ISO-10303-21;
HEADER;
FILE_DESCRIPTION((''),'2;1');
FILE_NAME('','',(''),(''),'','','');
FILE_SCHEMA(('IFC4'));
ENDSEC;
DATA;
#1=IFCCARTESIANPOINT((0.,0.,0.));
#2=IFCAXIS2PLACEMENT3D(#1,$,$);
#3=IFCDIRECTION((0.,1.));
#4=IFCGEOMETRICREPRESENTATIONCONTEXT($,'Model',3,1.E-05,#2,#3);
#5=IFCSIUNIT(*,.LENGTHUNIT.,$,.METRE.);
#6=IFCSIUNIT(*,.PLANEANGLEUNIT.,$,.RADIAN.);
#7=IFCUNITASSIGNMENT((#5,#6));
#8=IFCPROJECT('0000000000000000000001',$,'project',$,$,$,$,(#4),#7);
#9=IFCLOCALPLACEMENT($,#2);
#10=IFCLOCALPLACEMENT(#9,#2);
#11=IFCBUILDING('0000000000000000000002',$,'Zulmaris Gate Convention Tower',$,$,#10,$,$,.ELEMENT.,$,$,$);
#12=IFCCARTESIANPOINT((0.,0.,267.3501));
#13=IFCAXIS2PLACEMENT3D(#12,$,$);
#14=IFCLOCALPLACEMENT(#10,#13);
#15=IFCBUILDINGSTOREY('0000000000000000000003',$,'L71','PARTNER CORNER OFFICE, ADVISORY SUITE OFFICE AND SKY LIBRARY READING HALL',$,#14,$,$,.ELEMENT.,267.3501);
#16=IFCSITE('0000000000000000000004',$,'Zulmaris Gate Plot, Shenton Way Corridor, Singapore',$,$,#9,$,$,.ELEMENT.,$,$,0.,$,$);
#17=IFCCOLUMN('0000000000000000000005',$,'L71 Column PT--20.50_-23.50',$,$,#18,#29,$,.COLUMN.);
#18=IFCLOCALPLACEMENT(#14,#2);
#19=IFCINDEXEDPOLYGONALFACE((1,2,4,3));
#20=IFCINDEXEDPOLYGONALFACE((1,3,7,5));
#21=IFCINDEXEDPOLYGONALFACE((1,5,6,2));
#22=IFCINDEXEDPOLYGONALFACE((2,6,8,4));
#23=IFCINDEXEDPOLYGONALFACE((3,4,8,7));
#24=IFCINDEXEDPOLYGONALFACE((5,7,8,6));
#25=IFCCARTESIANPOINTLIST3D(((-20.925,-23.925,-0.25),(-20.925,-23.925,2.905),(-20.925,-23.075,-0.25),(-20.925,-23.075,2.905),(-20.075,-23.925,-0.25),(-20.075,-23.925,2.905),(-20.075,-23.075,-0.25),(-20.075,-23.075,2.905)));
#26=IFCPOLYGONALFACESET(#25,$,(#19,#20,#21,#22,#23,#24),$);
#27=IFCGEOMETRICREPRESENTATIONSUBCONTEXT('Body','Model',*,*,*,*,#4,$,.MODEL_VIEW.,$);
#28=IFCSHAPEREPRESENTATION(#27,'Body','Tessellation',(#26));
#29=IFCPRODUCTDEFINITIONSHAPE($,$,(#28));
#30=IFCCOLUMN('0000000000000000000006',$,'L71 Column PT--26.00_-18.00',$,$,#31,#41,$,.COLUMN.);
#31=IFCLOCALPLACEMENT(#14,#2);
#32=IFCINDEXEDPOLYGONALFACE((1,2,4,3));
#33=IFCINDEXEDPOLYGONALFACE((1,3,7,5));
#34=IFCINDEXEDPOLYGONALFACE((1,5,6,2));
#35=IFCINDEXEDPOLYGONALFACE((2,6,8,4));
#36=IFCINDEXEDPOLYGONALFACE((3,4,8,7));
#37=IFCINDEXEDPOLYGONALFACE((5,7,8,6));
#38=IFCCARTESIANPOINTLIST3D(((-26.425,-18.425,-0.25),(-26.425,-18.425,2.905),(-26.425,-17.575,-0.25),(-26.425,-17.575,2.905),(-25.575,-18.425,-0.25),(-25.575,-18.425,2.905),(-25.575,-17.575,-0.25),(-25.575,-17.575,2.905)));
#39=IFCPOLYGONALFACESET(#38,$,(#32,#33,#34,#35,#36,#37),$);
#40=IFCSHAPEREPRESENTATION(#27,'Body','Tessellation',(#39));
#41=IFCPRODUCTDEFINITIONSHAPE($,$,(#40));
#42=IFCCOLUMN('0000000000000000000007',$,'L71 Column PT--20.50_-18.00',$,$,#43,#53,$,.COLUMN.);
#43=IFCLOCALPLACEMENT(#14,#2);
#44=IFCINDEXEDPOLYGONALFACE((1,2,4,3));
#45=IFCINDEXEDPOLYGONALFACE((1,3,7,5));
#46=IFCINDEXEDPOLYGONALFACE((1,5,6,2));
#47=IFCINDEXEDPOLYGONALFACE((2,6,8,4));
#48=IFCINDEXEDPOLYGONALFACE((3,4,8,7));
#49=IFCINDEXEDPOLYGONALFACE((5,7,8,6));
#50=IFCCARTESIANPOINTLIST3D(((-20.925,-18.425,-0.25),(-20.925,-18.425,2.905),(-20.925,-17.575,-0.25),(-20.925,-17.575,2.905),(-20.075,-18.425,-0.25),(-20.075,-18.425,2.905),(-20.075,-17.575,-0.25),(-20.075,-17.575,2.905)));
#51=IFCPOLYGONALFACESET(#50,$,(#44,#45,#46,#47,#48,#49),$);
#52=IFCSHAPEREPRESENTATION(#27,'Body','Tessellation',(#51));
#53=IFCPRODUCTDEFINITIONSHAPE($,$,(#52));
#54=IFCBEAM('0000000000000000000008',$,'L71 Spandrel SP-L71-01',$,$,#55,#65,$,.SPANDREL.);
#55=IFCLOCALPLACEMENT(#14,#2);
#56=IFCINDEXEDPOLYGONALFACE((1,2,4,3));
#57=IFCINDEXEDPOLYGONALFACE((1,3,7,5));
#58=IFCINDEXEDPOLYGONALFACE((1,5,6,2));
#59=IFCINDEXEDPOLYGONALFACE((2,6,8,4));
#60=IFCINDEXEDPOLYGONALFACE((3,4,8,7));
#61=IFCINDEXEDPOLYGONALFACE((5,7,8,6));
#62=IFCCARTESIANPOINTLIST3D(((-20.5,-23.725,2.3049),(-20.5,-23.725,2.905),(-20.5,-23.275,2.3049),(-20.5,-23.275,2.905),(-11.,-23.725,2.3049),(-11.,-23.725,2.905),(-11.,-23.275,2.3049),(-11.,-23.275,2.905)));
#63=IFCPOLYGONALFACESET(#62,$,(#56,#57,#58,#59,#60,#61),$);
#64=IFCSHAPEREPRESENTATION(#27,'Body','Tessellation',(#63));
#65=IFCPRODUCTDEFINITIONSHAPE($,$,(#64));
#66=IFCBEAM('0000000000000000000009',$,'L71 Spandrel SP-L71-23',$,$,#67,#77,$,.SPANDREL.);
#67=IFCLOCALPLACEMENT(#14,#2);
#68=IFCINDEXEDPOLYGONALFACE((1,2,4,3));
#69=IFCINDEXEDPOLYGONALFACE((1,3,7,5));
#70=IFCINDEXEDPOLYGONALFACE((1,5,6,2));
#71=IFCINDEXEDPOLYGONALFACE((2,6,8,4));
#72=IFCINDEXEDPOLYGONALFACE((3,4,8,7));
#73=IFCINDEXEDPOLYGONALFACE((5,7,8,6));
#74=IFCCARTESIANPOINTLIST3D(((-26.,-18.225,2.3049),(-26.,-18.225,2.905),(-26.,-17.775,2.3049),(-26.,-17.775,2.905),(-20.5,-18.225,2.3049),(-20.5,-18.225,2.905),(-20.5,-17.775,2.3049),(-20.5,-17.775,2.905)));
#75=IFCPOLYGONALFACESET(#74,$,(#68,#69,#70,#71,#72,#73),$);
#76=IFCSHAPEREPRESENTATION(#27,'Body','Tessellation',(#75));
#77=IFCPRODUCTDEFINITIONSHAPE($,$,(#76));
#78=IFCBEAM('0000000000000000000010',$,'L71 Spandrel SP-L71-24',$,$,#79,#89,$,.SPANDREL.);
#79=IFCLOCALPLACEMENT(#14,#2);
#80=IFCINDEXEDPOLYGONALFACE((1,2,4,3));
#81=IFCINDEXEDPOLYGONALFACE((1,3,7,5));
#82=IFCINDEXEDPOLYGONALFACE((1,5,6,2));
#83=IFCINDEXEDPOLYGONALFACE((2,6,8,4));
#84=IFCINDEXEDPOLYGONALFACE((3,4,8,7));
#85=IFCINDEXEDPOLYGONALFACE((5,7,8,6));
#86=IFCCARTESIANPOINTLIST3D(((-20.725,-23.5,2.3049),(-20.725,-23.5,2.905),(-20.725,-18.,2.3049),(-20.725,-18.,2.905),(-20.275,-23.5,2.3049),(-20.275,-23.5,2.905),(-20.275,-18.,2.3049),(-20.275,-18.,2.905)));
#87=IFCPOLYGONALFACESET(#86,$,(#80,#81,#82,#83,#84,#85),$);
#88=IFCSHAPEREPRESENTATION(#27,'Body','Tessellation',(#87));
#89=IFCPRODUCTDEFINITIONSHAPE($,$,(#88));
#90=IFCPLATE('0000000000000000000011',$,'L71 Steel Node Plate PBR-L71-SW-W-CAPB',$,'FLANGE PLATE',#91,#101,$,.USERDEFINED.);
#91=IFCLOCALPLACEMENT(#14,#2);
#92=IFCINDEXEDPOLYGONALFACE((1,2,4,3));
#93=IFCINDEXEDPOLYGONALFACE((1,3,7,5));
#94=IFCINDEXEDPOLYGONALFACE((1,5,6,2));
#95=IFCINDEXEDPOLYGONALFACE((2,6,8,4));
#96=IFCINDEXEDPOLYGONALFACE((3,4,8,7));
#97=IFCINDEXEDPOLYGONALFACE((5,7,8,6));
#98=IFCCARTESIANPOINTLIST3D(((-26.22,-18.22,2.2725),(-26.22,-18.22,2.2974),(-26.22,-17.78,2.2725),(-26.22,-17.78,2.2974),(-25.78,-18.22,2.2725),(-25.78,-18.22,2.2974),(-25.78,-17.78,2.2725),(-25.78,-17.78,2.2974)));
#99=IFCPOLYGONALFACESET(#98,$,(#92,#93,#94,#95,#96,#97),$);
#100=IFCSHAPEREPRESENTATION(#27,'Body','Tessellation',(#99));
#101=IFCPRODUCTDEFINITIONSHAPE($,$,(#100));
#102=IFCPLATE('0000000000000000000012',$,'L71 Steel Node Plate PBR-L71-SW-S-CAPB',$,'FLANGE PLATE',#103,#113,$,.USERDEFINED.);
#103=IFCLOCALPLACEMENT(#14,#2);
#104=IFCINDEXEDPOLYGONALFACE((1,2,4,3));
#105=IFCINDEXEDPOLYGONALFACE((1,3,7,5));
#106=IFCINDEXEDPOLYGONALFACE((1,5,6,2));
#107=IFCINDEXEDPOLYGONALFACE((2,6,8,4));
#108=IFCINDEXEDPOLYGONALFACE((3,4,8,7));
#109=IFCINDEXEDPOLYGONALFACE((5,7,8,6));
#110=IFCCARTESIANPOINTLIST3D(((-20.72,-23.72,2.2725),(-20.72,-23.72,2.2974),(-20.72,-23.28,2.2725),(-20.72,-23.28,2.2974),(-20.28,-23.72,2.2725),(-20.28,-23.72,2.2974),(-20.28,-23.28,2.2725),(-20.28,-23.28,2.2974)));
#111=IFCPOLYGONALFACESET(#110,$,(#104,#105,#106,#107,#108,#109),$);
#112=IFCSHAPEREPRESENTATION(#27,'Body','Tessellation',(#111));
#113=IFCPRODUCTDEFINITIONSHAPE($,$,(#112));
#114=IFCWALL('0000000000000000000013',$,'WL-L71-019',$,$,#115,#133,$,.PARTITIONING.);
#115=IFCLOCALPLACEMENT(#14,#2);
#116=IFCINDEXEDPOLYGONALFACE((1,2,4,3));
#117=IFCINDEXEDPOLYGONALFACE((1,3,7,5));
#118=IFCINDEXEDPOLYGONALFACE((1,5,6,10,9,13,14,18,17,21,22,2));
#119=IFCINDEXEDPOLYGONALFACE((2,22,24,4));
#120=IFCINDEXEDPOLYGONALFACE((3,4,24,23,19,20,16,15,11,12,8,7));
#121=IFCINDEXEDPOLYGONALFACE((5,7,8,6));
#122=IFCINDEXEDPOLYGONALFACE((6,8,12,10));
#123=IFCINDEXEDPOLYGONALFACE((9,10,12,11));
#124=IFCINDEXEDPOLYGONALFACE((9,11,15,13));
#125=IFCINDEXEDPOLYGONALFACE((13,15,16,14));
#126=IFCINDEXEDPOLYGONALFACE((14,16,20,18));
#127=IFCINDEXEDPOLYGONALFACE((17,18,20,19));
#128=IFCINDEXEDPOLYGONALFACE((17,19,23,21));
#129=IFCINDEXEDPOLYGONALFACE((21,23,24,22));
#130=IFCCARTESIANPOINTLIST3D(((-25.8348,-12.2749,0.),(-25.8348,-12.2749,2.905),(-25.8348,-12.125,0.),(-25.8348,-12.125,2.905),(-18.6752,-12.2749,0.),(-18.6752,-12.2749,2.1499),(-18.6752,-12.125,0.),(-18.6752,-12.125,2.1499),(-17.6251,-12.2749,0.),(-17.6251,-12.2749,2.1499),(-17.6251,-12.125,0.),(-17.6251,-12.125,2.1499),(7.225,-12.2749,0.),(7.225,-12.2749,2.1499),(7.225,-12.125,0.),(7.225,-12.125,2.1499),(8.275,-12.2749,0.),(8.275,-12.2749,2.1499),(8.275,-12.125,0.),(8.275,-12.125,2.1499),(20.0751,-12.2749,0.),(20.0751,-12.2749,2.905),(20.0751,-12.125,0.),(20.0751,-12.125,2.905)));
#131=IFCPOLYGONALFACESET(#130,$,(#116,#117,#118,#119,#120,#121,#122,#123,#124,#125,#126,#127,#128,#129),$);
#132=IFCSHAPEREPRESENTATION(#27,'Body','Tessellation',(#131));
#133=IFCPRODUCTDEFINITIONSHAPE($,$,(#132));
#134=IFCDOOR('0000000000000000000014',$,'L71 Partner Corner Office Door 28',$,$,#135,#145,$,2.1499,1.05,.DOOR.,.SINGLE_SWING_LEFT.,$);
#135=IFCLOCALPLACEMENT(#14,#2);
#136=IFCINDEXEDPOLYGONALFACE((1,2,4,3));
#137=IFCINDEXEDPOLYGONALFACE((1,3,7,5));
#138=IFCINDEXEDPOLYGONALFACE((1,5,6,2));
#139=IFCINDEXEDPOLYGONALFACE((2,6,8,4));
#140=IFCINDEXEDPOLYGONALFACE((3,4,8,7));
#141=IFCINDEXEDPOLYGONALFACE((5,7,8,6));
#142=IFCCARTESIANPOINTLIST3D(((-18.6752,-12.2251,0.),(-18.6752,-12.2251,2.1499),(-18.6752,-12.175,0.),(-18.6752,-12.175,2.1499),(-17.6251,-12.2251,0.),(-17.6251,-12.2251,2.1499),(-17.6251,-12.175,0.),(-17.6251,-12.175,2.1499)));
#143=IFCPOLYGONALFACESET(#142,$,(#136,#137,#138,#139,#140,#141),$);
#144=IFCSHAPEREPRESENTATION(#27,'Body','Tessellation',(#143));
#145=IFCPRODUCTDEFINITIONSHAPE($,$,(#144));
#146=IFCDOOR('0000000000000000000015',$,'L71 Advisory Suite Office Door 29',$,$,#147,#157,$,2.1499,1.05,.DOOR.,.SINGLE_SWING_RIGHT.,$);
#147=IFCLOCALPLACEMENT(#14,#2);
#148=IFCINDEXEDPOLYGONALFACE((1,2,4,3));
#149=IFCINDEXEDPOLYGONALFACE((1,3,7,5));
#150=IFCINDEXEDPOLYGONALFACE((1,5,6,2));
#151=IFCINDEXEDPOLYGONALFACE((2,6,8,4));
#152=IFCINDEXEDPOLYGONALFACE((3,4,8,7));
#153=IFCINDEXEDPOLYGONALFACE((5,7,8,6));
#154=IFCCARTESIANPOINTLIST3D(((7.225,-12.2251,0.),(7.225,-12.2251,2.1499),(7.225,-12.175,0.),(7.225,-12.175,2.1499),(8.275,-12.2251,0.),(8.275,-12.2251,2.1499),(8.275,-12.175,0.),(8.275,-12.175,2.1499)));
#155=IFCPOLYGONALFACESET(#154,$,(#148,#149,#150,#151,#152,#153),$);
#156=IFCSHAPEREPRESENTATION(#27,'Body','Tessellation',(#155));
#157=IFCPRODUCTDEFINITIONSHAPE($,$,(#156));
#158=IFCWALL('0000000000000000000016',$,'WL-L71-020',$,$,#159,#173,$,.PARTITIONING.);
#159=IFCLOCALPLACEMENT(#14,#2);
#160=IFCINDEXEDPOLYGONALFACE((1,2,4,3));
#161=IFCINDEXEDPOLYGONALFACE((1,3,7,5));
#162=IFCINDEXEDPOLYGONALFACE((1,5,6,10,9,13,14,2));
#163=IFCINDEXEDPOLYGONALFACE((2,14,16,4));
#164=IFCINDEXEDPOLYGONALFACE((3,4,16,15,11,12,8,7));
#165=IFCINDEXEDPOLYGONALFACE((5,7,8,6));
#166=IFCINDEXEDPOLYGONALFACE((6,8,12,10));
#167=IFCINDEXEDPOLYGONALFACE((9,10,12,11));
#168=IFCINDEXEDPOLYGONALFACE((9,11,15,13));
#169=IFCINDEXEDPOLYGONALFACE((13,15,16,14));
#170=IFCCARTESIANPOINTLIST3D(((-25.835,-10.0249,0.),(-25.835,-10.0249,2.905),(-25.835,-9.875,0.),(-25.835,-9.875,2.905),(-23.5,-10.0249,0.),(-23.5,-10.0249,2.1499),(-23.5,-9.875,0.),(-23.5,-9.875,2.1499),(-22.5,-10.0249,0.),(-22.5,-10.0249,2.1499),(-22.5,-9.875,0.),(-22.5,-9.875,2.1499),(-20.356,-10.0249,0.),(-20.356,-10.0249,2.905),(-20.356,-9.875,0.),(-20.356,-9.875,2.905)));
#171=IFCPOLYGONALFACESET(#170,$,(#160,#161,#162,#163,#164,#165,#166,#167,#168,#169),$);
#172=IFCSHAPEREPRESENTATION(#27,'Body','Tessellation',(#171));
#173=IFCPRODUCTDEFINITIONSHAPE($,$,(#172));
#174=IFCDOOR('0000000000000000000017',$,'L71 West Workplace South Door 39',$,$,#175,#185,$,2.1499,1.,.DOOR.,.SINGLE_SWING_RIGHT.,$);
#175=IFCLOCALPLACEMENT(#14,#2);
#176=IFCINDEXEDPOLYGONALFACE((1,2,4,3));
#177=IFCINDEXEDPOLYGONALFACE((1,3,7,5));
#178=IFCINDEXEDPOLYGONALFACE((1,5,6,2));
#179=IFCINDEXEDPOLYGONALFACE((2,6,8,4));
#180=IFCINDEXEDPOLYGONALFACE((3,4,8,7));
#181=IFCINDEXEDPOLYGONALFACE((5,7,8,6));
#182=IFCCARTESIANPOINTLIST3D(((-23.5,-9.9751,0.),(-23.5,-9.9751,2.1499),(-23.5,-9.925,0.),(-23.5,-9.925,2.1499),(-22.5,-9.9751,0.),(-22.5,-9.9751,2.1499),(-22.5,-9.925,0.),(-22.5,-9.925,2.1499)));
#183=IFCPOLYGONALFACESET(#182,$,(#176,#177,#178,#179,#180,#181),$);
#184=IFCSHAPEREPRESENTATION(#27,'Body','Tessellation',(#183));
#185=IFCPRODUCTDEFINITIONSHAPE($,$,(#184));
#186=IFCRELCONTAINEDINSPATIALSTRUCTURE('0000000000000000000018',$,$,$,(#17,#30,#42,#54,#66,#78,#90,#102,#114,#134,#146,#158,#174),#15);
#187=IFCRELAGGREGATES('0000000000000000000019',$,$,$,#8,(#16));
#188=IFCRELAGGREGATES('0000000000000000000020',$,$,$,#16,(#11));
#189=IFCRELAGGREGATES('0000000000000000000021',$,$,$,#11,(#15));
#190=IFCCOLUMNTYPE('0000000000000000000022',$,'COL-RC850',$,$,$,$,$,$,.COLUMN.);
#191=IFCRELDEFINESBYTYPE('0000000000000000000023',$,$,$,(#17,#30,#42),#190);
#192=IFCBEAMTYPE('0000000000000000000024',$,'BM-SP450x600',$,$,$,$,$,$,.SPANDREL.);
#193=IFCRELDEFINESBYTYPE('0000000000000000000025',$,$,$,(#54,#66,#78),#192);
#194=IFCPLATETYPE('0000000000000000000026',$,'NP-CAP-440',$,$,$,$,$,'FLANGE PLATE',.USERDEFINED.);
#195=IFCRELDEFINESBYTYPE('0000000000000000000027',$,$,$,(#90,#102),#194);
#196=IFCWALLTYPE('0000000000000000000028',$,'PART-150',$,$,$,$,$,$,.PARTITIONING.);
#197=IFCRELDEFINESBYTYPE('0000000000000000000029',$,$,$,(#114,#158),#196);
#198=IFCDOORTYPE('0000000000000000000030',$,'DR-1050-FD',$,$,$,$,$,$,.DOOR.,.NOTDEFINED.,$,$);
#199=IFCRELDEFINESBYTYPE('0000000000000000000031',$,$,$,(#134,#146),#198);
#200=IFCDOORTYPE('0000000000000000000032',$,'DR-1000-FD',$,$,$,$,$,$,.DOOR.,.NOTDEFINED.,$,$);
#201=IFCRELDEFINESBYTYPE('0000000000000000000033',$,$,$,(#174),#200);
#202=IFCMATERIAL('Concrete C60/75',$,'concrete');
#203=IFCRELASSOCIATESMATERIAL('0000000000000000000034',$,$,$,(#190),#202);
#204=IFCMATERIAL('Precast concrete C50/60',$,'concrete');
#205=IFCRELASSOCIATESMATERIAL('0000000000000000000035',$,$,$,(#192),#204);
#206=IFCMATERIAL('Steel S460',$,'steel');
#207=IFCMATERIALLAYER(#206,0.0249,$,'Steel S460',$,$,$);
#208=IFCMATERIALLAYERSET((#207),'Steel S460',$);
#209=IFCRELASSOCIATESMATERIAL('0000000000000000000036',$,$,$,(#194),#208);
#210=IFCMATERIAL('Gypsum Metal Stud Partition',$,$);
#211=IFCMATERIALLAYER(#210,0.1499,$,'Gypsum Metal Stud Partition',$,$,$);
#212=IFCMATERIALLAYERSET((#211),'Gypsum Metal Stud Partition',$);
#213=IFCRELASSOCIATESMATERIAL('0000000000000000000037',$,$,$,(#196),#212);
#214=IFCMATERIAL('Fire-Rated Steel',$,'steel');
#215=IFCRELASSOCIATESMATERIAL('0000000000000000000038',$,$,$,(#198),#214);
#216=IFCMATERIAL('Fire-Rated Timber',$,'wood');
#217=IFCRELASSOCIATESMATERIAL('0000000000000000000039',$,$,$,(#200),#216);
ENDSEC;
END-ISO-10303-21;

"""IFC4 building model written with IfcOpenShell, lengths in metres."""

from ifc_helpers import new_model, si_unit, direction, frame, frame_2d, origin, origin_2d, place, context, subcontext, project, spatial, rectangle, extrude, material, layer, layer_set, material_profile, profile_set, type_object, element, fill, save


model = new_model("IFC4")

# Units and contexts
model_context = context("Model", 3, precision=1e-05, world=origin(), true_north=direction((0.0, 1.0)))
body_context = subcontext(model_context, "Body", "Model", "MODEL_VIEW")
ifc_project = project(units=[si_unit("LENGTHUNIT", "METRE"), si_unit("PLANEANGLEUNIT", "RADIAN")], contexts=[model_context])

# Site, building, storey
site_placement = place(None, origin())
site = spatial("IfcSite", under=ifc_project, at=site_placement, Name="Zulmaris Gate Plot, Shenton Way Corridor, Singapore", CompositionType="ELEMENT", RefElevation=0.0)
building_placement = place(site_placement, origin())
building = spatial("IfcBuilding", under=site, at=building_placement, Name="Zulmaris Gate Convention Tower", CompositionType="ELEMENT")
storey_placement = place(building_placement, frame((0.0, 0.0, 267.3501)))
storey = spatial("IfcBuildingStorey", under=building, at=storey_placement, Name="L71", Description="PARTNER CORNER OFFICE, ADVISORY SUITE OFFICE AND SKY LIBRARY READING HALL", CompositionType="ELEMENT", Elevation=267.3501)

# Columns
ifc_material_1 = material(Name="Concrete C60/75", Category="concrete")
ifc_material_profile_1 = material_profile(ifc_material_1, rectangle(XDim=0.8501, YDim=0.8501, at=origin_2d()), Name="RC COL 850x850")
ifc_profile_set_1 = profile_set([ifc_material_profile_1], Name="Concrete C60/75")
column_type = type_object("IfcColumnType", Name="COL-RC850", PredefinedType="COLUMN", material=ifc_profile_set_1)
for number, where, z_axis, x_axis, name in (
    (1, (-20.5, -23.5, -0.25), (0.0, 0.0, 1.0), (1.0, 0.0, 0.0), "L71 Column PT--20.50_-23.50"),
    (2, (-26.0, -18.0, -0.25), (0.0, 0.0, 1.0), (1.0, 0.0, 0.0), "L71 Column PT--26.00_-18.00"),
    (3, (-20.5, -18.0, -0.25), (0.0, 0.0, 1.0), (1.0, 0.0, 0.0), "L71 Column PT--20.50_-18.00"),
):
    element("IfcColumn", number, at=place(storey_placement, frame(where, z_axis=z_axis, x_axis=x_axis)), inside=storey, type_object=column_type, Name=name, PredefinedType="COLUMN", context=body_context, shape_type="SweptSolid", body=[
        extrude(rectangle(XDim=0.8501, YDim=0.8501, at=origin_2d()), origin(), (0.0, 0.0, 1.0), 3.155),
    ])

# Beams
ifc_material_2 = material(Name="Precast concrete C50/60", Category="concrete")
ifc_material_profile_2 = material_profile(ifc_material_2, rectangle(XDim=0.45, YDim=0.6001, at=origin_2d()), Name="RC SPANDREL 450x600")
ifc_profile_set_2 = profile_set([ifc_material_profile_2], Name="Precast concrete C50/60")
beam_type = type_object("IfcBeamType", Name="BM-SP450x600", PredefinedType="SPANDREL", material=ifc_profile_set_2)
beam_placement = place(storey_placement, frame((-20.5, -23.5, 2.605), z_axis=(1.0, 0.0, 0.0), x_axis=(0.0, 1.0, 0.0)))
element("IfcBeam", 4, at=beam_placement, inside=storey, type_object=beam_type, Name="L71 Spandrel SP-L71-01", PredefinedType="SPANDREL", context=body_context, shape_type="SweptSolid", body=[
    extrude(rectangle(XDim=0.45, YDim=0.6001, at=origin_2d()), origin(), (0.0, 0.0, 1.0), 9.5),
])
for number, where, z_axis, x_axis, name in (
    (5, (-26.0, -18.0, 2.605), (1.0, 0.0, 0.0), (0.0, 1.0, 0.0), "L71 Spandrel SP-L71-23"),
    (6, (-20.5, -18.0, 2.605), (0.0, -1.0, 0.0), (1.0, 0.0, 0.0), "L71 Spandrel SP-L71-24"),
):
    element("IfcBeam", number, at=place(storey_placement, frame(where, z_axis=z_axis, x_axis=x_axis)), inside=storey, type_object=beam_type, Name=name, PredefinedType="SPANDREL", context=body_context, shape_type="SweptSolid", body=[
        extrude(rectangle(XDim=0.45, YDim=0.6001, at=origin_2d()), origin(), (0.0, 0.0, 1.0), 5.5),
    ])

# Plates
ifc_material_3 = material(Name="Steel S460", Category="steel")
ifc_layer_1 = layer(ifc_material_3, 0.0249, Name="Steel S460")
ifc_layer_set_1 = layer_set([ifc_layer_1], Name="Steel S460")
plate_type = type_object("IfcPlateType", Name="NP-CAP-440", ElementType="FLANGE PLATE", PredefinedType="USERDEFINED", material=ifc_layer_set_1)
for number, where, z_axis, x_axis, name in (
    (7, (-26.0, -18.0, 2.2725), (0.0, 0.0, 1.0), (1.0, 0.0, 0.0), "L71 Steel Node Plate PBR-L71-SW-W-CAPB"),
    (8, (-20.5, -23.5, 2.2725), (0.0, 0.0, 1.0), (1.0, 0.0, 0.0), "L71 Steel Node Plate PBR-L71-SW-S-CAPB"),
):
    element("IfcPlate", number, at=place(storey_placement, frame(where, z_axis=z_axis, x_axis=x_axis)), inside=storey, type_object=plate_type, Name=name, ObjectType="FLANGE PLATE", PredefinedType="USERDEFINED", context=body_context, shape_type="SweptSolid", body=[
        extrude(rectangle(XDim=0.4399, YDim=0.4399, at=origin_2d()), origin(), (0.0, 0.0, 1.0), 0.0249),
    ])

# Wall, openings, doors
ifc_material_4 = material(Name="Gypsum Metal Stud Partition")
ifc_layer_2 = layer(ifc_material_4, 0.1499, Name="Gypsum Metal Stud Partition")
ifc_layer_set_2 = layer_set([ifc_layer_2], Name="Gypsum Metal Stud Partition")
wall_type_1 = type_object("IfcWallType", Name="PART-150", PredefinedType="PARTITIONING", material=ifc_layer_set_2)
wall_1_placement = place(storey_placement, frame((-25.835, -12.2, 0.0), z_axis=(0.0, 0.0, 1.0), x_axis=(1.0, 0.0, 0.0)))
wall_1 = element("IfcWall", 9, at=wall_1_placement, inside=storey, type_object=wall_type_1, Name="WL-L71-019", PredefinedType="PARTITIONING", context=body_context, shape_type="SweptSolid", body=[
    extrude(rectangle(XDim=45.9099, YDim=0.1499, at=frame_2d((22.9551, 0.0))), origin(), (0.0, 0.0, 1.0), 2.905),
])
opening_1_placement = place(wall_1_placement, frame((7.1599, 0.0, 0.0)))
opening_1 = element("IfcOpeningElement", 10, at=opening_1_placement, cuts=wall_1, PredefinedType="OPENING", context=body_context, shape_type="SweptSolid", body=[
    extrude(rectangle(XDim=1.05, YDim=2.1499, at=frame_2d((0.5249, 1.075))), frame((0.0, 0.085, 0.0), z_axis=(0.0, -1.0, 0.0), x_axis=(1.0, 0.0, 0.0)), (0.0, 0.0, 1.0), 0.1699),
])
opening_2_placement = place(wall_1_placement, frame((33.0601, 0.0, 0.0)))
opening_2 = element("IfcOpeningElement", 11, at=opening_2_placement, cuts=wall_1, PredefinedType="OPENING", context=body_context, shape_type="SweptSolid", body=[
    extrude(rectangle(XDim=1.05, YDim=2.1499, at=frame_2d((0.5249, 1.075))), frame((0.0, 0.085, 0.0), z_axis=(0.0, -1.0, 0.0), x_axis=(1.0, 0.0, 0.0)), (0.0, 0.0, 1.0), 0.1699),
])
ifc_material_5 = material(Name="Fire-Rated Steel", Category="steel")
door_type_1 = type_object("IfcDoorType", Name="DR-1050-FD", OperationType="NOTDEFINED", PredefinedType="DOOR", material=ifc_material_5)
door_1_placement = place(opening_1_placement, origin())
door_1 = element("IfcDoor", 12, at=door_1_placement, inside=storey, type_object=door_type_1, Name="L71 Partner Corner Office Door 28", OperationType="SINGLE_SWING_LEFT", OverallHeight=2.1499, OverallWidth=1.05, PredefinedType="DOOR", context=body_context, shape_type="SweptSolid", body=[
    extrude(rectangle(XDim=1.05, YDim=2.1499, at=frame_2d((0.5249, 1.075))), frame((0.0, 0.0249, 0.0), z_axis=(0.0, -1.0, 0.0), x_axis=(1.0, 0.0, 0.0)), (0.0, 0.0, 1.0), 0.05),
])
fill(opening_1, door_1)
door_2_placement = place(opening_2_placement, origin())
door_2 = element("IfcDoor", 13, at=door_2_placement, inside=storey, type_object=door_type_1, Name="L71 Advisory Suite Office Door 29", OperationType="SINGLE_SWING_RIGHT", OverallHeight=2.1499, OverallWidth=1.05, PredefinedType="DOOR", context=body_context, shape_type="SweptSolid", body=[
    extrude(rectangle(XDim=1.05, YDim=2.1499, at=frame_2d((0.5249, 1.075))), frame((0.0, 0.0249, 0.0), z_axis=(0.0, -1.0, 0.0), x_axis=(1.0, 0.0, 0.0)), (0.0, 0.0, 1.0), 0.05),
])
fill(opening_2, door_2)

# Wall, opening, door
wall_2_placement = place(storey_placement, frame((-25.835, -9.95, 0.0), z_axis=(0.0, 0.0, 1.0), x_axis=(1.0, 0.0, 0.0)))
wall_2 = element("IfcWall", 14, at=wall_2_placement, inside=storey, type_object=wall_type_1, Name="WL-L71-020", PredefinedType="PARTITIONING", context=body_context, shape_type="SweptSolid", body=[
    extrude(rectangle(XDim=5.479, YDim=0.1499, at=frame_2d((2.7395, 0.0))), origin(), (0.0, 0.0, 1.0), 2.905),
])
opening_3_placement = place(wall_2_placement, frame((2.335, 0.0, 0.0)))
opening_3 = element("IfcOpeningElement", 15, at=opening_3_placement, cuts=wall_2, PredefinedType="OPENING", context=body_context, shape_type="SweptSolid", body=[
    extrude(rectangle(XDim=1.0, YDim=2.1499, at=frame_2d((0.5, 1.075))), frame((0.0, 0.085, 0.0), z_axis=(0.0, -1.0, 0.0), x_axis=(1.0, 0.0, 0.0)), (0.0, 0.0, 1.0), 0.1699),
])
ifc_material_6 = material(Name="Fire-Rated Timber", Category="wood")
door_type_2 = type_object("IfcDoorType", Name="DR-1000-FD", OperationType="NOTDEFINED", PredefinedType="DOOR", material=ifc_material_6)
door_3_placement = place(opening_3_placement, origin())
door_3 = element("IfcDoor", 16, at=door_3_placement, inside=storey, type_object=door_type_2, Name="L71 West Workplace South Door 39", OperationType="SINGLE_SWING_RIGHT", OverallHeight=2.1499, OverallWidth=1.0, PredefinedType="DOOR", context=body_context, shape_type="SweptSolid", body=[
    extrude(rectangle(XDim=1.0, YDim=2.1499, at=frame_2d((0.5, 1.075))), frame((0.0, 0.0249, 0.0), z_axis=(0.0, -1.0, 0.0), x_axis=(1.0, 0.0, 0.0)), (0.0, 0.0, 1.0), 0.05),
])
fill(opening_3, door_3)

save(model, "model.ifc")
